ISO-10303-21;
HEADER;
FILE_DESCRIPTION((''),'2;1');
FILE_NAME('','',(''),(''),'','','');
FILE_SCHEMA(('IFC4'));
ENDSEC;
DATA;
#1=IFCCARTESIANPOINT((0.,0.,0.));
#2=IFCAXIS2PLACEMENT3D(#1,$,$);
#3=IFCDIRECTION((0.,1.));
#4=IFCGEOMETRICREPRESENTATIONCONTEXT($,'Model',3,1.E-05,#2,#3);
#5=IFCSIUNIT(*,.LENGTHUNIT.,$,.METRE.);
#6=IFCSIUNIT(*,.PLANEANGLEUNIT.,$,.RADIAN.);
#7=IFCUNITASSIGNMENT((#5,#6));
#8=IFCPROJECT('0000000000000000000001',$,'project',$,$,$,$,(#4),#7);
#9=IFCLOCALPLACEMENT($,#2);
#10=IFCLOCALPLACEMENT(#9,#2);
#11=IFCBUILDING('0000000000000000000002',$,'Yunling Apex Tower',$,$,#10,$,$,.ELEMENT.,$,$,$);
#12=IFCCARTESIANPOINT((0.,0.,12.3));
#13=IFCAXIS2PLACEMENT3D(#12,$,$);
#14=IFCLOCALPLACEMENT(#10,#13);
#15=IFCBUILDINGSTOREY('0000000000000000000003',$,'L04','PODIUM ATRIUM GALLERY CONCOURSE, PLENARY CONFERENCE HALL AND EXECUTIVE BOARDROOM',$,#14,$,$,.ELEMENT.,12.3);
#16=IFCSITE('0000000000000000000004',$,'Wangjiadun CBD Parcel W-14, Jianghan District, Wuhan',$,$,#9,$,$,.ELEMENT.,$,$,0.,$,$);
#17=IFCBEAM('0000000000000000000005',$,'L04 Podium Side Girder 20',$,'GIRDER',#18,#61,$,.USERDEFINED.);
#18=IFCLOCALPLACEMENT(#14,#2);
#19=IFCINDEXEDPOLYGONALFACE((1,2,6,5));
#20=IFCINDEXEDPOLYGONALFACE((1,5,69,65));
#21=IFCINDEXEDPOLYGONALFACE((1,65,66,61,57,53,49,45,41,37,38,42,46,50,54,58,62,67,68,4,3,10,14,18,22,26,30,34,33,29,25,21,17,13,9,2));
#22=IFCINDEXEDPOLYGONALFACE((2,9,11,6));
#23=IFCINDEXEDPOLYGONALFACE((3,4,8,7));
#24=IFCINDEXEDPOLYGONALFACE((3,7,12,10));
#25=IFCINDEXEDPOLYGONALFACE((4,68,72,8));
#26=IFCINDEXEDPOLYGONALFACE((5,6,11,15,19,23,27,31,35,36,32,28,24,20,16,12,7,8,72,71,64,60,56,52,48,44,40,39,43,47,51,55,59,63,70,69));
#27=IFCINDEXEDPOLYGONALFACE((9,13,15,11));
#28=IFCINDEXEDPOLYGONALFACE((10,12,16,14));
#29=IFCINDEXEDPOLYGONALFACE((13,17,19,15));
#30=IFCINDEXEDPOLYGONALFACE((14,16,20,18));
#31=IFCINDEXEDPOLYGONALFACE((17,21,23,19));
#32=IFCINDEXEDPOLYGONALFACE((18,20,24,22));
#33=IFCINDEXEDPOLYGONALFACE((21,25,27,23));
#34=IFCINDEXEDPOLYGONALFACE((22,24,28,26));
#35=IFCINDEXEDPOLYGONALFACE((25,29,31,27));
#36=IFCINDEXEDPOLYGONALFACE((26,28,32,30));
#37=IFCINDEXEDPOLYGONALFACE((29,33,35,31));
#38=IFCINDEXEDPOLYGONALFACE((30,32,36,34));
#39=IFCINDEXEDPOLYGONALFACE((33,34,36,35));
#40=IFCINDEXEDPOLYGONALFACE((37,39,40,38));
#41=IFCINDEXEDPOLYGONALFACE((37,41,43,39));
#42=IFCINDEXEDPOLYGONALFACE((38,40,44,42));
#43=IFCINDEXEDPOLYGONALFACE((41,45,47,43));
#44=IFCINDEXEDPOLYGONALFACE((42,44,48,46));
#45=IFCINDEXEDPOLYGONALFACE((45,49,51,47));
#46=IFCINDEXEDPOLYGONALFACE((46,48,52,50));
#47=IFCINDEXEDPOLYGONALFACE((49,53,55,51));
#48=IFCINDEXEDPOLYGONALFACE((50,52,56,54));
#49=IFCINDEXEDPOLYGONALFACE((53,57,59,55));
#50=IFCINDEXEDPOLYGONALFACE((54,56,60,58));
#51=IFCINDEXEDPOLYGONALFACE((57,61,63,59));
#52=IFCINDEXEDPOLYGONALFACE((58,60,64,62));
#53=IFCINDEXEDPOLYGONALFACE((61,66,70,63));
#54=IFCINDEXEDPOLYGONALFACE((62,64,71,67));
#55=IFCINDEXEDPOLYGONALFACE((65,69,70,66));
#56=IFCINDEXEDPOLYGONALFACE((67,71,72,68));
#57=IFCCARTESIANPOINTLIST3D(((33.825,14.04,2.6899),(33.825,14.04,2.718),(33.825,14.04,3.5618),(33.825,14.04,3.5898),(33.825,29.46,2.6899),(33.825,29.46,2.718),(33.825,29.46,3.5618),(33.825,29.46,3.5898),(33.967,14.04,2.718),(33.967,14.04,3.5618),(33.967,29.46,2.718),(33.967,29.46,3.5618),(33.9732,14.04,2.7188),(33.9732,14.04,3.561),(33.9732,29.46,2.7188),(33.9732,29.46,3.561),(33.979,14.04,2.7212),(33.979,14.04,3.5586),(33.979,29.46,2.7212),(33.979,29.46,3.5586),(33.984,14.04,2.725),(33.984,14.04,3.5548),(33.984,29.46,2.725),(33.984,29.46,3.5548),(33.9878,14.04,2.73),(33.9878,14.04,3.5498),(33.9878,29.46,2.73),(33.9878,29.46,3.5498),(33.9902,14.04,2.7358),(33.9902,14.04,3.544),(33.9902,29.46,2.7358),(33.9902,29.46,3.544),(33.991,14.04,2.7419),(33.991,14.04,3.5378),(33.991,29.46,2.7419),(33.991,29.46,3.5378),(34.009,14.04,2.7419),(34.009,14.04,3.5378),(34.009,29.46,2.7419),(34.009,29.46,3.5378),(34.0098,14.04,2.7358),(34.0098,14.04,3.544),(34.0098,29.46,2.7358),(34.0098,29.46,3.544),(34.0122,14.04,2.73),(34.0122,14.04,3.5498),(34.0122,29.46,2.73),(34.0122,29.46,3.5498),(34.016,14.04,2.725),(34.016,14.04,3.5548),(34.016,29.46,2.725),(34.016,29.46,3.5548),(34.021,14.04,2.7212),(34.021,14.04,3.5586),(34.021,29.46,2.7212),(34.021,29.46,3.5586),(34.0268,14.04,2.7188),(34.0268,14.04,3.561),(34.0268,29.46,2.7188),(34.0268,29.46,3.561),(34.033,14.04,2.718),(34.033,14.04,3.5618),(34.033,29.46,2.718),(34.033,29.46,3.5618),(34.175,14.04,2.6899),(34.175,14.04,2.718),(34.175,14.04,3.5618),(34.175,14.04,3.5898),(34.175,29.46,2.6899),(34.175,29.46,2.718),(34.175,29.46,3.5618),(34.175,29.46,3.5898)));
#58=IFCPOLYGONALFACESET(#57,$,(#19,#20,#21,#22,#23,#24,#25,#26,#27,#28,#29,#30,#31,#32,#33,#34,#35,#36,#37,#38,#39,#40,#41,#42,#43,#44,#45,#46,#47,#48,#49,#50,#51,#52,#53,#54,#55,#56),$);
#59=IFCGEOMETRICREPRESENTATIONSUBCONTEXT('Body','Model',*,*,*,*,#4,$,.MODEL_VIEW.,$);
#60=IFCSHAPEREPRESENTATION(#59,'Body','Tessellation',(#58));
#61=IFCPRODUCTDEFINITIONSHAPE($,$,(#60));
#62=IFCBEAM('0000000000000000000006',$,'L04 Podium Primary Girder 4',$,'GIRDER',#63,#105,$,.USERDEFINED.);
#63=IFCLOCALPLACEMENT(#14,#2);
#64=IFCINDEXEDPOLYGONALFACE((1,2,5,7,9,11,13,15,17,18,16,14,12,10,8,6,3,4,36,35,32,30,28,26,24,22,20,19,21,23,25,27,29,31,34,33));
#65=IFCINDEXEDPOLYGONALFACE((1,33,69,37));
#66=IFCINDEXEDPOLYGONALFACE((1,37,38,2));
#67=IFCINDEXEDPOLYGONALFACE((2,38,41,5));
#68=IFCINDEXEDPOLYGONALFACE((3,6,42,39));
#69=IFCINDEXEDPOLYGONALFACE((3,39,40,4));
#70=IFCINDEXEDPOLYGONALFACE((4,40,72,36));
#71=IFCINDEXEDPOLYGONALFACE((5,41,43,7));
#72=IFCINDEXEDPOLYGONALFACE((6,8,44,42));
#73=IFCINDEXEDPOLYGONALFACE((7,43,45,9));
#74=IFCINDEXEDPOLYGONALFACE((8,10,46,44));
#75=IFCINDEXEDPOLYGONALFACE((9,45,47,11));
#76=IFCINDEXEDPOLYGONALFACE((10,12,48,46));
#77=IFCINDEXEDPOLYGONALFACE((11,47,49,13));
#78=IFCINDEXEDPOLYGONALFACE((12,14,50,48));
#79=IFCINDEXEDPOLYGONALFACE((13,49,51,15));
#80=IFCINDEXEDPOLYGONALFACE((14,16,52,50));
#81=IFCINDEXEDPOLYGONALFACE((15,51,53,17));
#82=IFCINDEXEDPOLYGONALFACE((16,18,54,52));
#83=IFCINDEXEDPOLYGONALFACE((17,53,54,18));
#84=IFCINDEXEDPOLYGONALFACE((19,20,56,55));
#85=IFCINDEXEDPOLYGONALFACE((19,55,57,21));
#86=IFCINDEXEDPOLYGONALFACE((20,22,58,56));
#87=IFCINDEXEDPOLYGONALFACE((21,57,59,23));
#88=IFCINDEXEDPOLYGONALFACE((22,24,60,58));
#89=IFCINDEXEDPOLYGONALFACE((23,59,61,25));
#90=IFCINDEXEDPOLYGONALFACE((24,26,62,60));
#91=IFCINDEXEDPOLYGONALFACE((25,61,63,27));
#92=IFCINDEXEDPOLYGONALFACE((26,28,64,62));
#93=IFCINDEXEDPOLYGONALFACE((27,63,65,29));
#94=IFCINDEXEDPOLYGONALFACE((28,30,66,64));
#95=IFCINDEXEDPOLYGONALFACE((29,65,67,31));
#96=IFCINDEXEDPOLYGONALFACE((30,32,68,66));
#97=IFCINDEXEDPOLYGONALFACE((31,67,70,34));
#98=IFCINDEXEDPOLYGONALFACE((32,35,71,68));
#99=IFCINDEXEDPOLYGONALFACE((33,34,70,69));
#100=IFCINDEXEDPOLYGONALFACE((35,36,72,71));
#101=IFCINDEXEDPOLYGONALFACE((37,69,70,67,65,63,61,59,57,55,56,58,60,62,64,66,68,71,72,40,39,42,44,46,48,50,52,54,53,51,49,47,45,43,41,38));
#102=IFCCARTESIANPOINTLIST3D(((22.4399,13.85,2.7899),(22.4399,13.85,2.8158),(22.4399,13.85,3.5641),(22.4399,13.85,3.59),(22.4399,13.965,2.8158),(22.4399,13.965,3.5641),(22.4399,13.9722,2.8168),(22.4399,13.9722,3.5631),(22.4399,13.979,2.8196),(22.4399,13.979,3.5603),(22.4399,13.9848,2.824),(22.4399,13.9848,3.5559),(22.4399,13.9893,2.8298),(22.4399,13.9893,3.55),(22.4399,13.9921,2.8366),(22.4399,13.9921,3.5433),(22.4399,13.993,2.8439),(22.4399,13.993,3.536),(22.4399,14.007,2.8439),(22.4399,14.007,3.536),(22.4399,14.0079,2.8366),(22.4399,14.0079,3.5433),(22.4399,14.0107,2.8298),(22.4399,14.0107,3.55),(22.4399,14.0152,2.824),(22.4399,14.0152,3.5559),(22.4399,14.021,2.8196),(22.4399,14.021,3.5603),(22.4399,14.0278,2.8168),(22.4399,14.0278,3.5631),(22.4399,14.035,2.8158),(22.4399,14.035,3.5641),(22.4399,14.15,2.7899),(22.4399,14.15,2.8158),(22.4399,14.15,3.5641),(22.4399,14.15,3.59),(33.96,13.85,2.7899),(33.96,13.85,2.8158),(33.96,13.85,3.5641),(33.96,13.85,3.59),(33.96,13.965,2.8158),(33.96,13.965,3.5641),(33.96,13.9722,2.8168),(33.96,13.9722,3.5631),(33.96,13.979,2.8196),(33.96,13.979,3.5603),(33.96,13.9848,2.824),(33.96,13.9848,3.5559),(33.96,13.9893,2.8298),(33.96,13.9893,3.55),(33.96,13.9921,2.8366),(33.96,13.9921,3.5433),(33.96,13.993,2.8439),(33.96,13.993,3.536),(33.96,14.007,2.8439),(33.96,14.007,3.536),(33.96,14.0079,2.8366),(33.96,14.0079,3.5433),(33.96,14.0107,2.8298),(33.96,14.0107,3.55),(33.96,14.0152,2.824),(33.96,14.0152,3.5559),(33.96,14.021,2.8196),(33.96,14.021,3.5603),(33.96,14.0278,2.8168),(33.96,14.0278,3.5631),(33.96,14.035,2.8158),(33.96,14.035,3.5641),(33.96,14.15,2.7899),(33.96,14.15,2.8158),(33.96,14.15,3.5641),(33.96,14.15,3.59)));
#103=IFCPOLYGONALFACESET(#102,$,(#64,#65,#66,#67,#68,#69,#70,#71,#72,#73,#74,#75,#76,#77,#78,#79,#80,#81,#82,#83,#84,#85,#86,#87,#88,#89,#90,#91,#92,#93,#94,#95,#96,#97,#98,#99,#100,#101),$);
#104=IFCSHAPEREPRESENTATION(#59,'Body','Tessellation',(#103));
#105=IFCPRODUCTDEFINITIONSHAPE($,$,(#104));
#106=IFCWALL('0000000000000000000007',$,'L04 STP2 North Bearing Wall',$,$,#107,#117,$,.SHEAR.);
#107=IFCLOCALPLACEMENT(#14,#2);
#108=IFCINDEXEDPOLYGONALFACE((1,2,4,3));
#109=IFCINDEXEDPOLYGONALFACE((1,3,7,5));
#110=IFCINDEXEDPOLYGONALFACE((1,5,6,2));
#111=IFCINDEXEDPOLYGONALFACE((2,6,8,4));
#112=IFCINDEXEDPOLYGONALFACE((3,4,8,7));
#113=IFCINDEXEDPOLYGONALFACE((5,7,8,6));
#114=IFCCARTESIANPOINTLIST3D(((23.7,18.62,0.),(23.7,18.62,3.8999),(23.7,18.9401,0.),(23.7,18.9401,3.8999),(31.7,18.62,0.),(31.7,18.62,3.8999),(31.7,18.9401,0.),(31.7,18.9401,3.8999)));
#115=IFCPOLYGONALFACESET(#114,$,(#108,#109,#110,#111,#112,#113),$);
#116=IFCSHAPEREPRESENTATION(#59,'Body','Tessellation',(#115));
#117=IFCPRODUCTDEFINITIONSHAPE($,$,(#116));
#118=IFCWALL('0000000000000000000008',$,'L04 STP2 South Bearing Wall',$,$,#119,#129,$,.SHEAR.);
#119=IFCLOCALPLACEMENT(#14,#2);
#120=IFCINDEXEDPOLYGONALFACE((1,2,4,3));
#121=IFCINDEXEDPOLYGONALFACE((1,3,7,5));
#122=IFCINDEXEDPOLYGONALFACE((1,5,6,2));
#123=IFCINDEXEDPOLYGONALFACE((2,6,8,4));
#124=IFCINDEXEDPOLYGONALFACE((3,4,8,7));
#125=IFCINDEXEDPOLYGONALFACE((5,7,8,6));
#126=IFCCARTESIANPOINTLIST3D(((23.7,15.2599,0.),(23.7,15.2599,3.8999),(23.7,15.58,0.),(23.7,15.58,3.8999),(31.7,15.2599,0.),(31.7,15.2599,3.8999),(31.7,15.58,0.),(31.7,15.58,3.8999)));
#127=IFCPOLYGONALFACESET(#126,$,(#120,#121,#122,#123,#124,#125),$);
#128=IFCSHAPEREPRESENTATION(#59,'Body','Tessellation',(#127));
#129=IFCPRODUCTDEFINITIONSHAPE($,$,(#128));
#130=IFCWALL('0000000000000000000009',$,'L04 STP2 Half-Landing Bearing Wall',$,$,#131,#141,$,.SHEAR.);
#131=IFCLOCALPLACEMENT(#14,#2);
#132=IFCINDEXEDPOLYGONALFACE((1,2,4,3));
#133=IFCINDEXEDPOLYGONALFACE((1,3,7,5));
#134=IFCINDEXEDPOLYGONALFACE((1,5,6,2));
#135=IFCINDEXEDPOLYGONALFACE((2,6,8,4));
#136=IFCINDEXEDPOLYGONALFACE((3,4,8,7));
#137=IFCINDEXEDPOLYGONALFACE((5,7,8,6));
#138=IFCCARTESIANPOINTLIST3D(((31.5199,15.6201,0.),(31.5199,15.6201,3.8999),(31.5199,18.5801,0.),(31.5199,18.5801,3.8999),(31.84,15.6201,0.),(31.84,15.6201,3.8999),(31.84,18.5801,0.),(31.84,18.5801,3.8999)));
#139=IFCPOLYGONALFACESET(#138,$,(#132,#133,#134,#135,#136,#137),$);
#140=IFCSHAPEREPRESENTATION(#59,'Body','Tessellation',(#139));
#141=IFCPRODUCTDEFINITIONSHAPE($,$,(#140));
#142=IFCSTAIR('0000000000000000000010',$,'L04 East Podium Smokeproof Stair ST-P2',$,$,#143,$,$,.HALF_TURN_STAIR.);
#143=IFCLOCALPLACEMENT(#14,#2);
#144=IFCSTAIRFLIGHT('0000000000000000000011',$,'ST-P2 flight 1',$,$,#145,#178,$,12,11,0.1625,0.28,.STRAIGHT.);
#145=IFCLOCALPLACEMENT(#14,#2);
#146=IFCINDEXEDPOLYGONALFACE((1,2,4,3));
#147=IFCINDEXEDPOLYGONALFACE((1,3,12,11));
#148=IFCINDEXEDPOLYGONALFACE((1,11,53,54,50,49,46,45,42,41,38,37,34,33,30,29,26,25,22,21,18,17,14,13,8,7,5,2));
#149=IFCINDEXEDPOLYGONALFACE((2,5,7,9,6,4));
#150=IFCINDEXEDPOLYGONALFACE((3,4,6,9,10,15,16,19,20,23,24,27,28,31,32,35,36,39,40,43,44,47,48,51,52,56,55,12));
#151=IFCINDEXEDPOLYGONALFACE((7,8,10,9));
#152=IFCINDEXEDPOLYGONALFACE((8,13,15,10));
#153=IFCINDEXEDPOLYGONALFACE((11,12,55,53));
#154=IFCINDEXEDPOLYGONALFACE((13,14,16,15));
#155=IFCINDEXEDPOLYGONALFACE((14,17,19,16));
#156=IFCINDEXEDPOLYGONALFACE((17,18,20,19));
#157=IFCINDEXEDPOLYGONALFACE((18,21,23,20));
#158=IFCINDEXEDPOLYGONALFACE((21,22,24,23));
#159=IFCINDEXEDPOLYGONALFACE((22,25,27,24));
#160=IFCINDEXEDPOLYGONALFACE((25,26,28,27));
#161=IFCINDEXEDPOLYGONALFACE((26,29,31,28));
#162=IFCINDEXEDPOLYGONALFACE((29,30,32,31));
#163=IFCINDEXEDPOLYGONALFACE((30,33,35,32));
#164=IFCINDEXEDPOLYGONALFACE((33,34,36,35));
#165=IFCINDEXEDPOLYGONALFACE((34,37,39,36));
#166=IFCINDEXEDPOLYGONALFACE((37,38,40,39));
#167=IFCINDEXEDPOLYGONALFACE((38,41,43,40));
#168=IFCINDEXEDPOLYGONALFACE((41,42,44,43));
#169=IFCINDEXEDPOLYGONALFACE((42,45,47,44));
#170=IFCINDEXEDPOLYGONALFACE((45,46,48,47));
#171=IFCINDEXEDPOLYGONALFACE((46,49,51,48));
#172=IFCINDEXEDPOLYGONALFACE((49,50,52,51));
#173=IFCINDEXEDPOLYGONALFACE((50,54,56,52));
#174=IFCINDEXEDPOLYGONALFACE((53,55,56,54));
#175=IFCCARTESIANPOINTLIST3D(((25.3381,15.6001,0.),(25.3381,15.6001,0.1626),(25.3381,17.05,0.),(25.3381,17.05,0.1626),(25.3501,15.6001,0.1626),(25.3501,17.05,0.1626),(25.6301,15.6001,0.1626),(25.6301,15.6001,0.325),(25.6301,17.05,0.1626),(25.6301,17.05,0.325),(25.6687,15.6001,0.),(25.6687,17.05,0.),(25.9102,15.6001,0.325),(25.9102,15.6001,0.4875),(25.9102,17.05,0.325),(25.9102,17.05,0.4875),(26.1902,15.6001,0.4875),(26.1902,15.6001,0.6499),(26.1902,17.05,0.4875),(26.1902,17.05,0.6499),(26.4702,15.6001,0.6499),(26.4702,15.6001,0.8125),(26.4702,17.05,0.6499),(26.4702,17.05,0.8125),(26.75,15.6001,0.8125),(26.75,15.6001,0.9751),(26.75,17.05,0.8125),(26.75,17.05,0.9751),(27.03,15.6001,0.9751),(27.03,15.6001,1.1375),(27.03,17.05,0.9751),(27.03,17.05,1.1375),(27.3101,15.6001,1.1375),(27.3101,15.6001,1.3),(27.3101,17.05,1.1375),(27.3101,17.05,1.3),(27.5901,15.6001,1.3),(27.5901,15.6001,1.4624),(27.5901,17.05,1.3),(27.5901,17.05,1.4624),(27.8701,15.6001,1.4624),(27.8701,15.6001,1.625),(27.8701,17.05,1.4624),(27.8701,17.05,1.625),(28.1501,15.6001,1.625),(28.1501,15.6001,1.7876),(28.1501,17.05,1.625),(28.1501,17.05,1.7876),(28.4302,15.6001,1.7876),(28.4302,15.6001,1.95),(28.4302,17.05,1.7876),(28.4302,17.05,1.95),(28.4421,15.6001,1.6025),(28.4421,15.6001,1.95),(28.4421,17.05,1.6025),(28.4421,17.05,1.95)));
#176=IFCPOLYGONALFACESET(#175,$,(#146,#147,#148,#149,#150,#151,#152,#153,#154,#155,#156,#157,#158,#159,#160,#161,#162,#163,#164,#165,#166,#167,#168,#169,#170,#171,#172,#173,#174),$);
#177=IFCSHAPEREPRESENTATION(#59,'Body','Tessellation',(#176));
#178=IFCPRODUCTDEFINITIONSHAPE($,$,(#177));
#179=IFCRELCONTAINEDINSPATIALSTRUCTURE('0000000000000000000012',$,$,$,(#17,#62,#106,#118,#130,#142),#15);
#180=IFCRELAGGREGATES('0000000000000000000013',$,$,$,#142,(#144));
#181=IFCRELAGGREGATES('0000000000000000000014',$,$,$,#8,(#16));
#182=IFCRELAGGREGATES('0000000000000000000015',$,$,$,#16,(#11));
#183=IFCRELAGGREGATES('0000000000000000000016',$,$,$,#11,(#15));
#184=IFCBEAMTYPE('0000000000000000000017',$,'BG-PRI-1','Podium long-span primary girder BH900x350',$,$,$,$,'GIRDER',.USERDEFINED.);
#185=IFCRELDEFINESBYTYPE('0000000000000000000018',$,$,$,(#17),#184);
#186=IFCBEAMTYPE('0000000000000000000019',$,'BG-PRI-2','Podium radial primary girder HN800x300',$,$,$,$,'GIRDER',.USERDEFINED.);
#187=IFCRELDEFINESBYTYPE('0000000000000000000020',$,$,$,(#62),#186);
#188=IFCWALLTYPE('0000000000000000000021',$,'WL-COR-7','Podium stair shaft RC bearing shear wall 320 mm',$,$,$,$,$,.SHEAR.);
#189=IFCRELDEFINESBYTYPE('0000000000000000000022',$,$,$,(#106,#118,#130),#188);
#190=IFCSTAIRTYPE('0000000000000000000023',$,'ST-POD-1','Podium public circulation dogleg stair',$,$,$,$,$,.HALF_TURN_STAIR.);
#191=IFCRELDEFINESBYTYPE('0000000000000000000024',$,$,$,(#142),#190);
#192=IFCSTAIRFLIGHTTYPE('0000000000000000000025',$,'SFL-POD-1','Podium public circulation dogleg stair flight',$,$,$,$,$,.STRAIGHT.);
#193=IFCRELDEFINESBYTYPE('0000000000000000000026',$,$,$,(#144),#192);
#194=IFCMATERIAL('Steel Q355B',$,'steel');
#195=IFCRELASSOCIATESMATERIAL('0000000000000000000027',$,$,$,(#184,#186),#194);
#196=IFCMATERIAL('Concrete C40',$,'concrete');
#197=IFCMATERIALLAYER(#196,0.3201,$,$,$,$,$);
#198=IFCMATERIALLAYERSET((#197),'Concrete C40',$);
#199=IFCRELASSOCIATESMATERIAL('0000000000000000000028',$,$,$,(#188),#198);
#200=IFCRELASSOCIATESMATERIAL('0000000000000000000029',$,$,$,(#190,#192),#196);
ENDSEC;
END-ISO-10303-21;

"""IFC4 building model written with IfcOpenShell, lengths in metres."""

from ifc_helpers import new_model, si_unit, direction, frame, frame_2d, origin, origin_2d, place, context, subcontext, project, spatial, polyline, rectangle, i_section, outline, extrude, source, transform, mapped, material, layer, layer_set, material_profile, profile_set, type_object, element, aggregate, save


model = new_model("IFC4")

# Units and contexts
model_context = context("Model", 3, precision=1e-05, world=origin(), true_north=direction((0.0, 1.0)))
body_context = subcontext(model_context, "Body", "Model", "MODEL_VIEW")
ifc_project = project(units=[si_unit("LENGTHUNIT", "METRE"), si_unit("PLANEANGLEUNIT", "RADIAN")], contexts=[model_context])

# Site, building, storey
site_placement = place(None, origin())
site = spatial("IfcSite", under=ifc_project, at=site_placement, Name="Wangjiadun CBD Parcel W-14, Jianghan District, Wuhan", CompositionType="ELEMENT", RefElevation=0.0)
building_placement = place(site_placement, origin())
building = spatial("IfcBuilding", under=site, at=building_placement, Name="Yunling Apex Tower", CompositionType="ELEMENT")
storey_placement = place(building_placement, frame((0.0, 0.0, 12.3)))
storey = spatial("IfcBuildingStorey", under=building, at=storey_placement, Name="L04", Description="PODIUM ATRIUM GALLERY CONCOURSE, PLENARY CONFERENCE HALL AND EXECUTIVE BOARDROOM", CompositionType="ELEMENT", Elevation=12.3)

# Beams
ifc_material_1 = material(Name="Steel Q355B", Category="steel")
ifc_material_profile_1 = material_profile(ifc_material_1, i_section(OverallWidth=0.3501, OverallDepth=0.8999, WebThickness=0.0181, FlangeThickness=0.0281, FilletRadius=0.0239, at=origin_2d()))
ifc_profile_set_1 = profile_set([ifc_material_profile_1], Name="Steel Q355B")
beam_type_1 = type_object("IfcBeamType", Name="BG-PRI-1", Description="Podium long-span primary girder BH900x350", ElementType="GIRDER", PredefinedType="USERDEFINED", material=ifc_profile_set_1)
shared_shape_1 = source(origin(), body_context, "Body", "SweptSolid", [
    extrude(i_section(OverallWidth=0.3501, OverallDepth=0.8999, WebThickness=0.0181, FlangeThickness=0.0281, FilletRadius=0.0239, at=origin_2d()), origin(), (0.0, 0.0, 1.0), 15.4199),
])
beam_1_placement = place(storey_placement, frame((34.0, 14.04, 3.1399), z_axis=(0.0, 1.0, 0.0), x_axis=(-1.0, 0.0, 0.0)))
element("IfcBeam", 1, at=beam_1_placement, inside=storey, type_object=beam_type_1, Name="L04 Podium Side Girder 20", ObjectType="GIRDER", PredefinedType="USERDEFINED", context=body_context, shape_type="MappedRepresentation", body=[
    mapped(shared_shape_1, transform((0.0, 0.0, 0.0), scale=1.0)),
])
ifc_material_profile_2 = material_profile(ifc_material_1, i_section(OverallWidth=0.3, OverallDepth=0.8, WebThickness=0.0139, FlangeThickness=0.0259, FilletRadius=0.0281, at=origin_2d()))
ifc_profile_set_2 = profile_set([ifc_material_profile_2], Name="Steel Q355B")
beam_type_2 = type_object("IfcBeamType", Name="BG-PRI-2", Description="Podium radial primary girder HN800x300", ElementType="GIRDER", PredefinedType="USERDEFINED", material=ifc_profile_set_2)
shared_shape_2 = source(origin(), body_context, "Body", "SweptSolid", [
    extrude(i_section(OverallWidth=0.3, OverallDepth=0.8, WebThickness=0.0139, FlangeThickness=0.0259, FilletRadius=0.0281, at=origin_2d()), origin(), (0.0, 0.0, 1.0), 11.52),
])
beam_2_placement = place(storey_placement, frame((22.4399, 14.0, 3.1899), z_axis=(1.0, 0.0, 0.0), x_axis=(0.0, 1.0, 0.0)))
element("IfcBeam", 2, at=beam_2_placement, inside=storey, type_object=beam_type_2, Name="L04 Podium Primary Girder 4", ObjectType="GIRDER", PredefinedType="USERDEFINED", context=body_context, shape_type="MappedRepresentation", body=[
    mapped(shared_shape_2, transform((0.0, 0.0, 0.0), scale=1.0)),
])

# Walls
ifc_material_2 = material(Name="Concrete C40", Category="concrete")
ifc_layer_1 = layer(ifc_material_2, 0.3201)
ifc_layer_set_1 = layer_set([ifc_layer_1], Name="Concrete C40")
wall_type_1 = type_object("IfcWallType", Name="WL-COR-7", Description="Podium stair shaft RC bearing shear wall 320 mm", PredefinedType="SHEAR", material=ifc_layer_set_1)
for number, where, z_axis, x_axis, name in (
    (3, (23.7, 18.78, 0.0), (0.0, 0.0, 1.0), (1.0, 0.0, 0.0), "L04 STP2 North Bearing Wall"),
    (4, (23.7, 15.4199, 0.0), (0.0, 0.0, 1.0), (1.0, 0.0, 0.0), "L04 STP2 South Bearing Wall"),
):
    element("IfcWall", number, at=place(storey_placement, frame(where, z_axis=z_axis, x_axis=x_axis)), inside=storey, type_object=wall_type_1, Name=name, PredefinedType="SHEAR", context=body_context, shape_type="SweptSolid", body=[
        extrude(rectangle(XDim=8.0, YDim=0.3201, at=frame_2d((4.0, 0.0))), origin(), (0.0, 0.0, 1.0), 3.8999),
    ])
wall_1_placement = place(storey_placement, frame((31.6799, 15.6201, 0.0), z_axis=(0.0, 0.0, 1.0), x_axis=(0.0, 1.0, 0.0)))
element("IfcWall", 5, at=wall_1_placement, inside=storey, type_object=wall_type_1, Name="L04 STP2 Half-Landing Bearing Wall", PredefinedType="SHEAR", context=body_context, shape_type="SweptSolid", body=[
    extrude(rectangle(XDim=2.96, YDim=0.3201, at=frame_2d((1.48, 0.0))), origin(), (0.0, 0.0, 1.0), 3.8999),
])

# Stair, stair flight
stair_type = type_object("IfcStairType", Name="ST-POD-1", Description="Podium public circulation dogleg stair", PredefinedType="HALF_TURN_STAIR", material=ifc_material_2)
stair_placement = place(storey_placement, origin())
stair = element("IfcStair", 6, at=stair_placement, inside=storey, type_object=stair_type, Name="L04 East Podium Smokeproof Stair ST-P2", PredefinedType="HALF_TURN_STAIR")
stair_flight_type = type_object("IfcStairFlightType", Name="SFL-POD-1", Description="Podium public circulation dogleg stair flight", PredefinedType="STRAIGHT", material=ifc_material_2)
stair_flight_1_placement = place(storey_placement, frame((25.3501, 16.325, 0.0), z_axis=(0.0, 0.0, 1.0), x_axis=(1.0, 0.0, 0.0)))
stair_flight_1 = element("IfcStairFlight", 7, at=stair_flight_1_placement, type_object=stair_flight_type, Name="ST-P2 flight 1", NumberOfRisers=12, NumberOfTreads=11, PredefinedType="STRAIGHT", RiserHeight=0.1625, TreadLength=0.28, context=body_context, shape_type="SweptSolid", body=[
    extrude(outline(polyline([(-0.012, 0.0), (-0.012, 0.1626), (0.0, 0.1626), (0.28, 0.1626), (0.28, 0.325), (0.5601, 0.325), (0.5601, 0.4875), (0.8401, 0.4875), (0.8401, 0.6499), (1.1201, 0.6499), (1.1201, 0.8125), (1.3999, 0.8125), (1.3999, 0.9751), (1.6799, 0.9751), (1.6799, 1.1375), (1.96, 1.1375), (1.96, 1.3), (2.24, 1.3), (2.24, 1.4624), (2.52, 1.4624), (2.52, 1.625), (2.8, 1.625), (2.8, 1.7876), (3.0801, 1.7876), (3.0801, 1.95), (3.092, 1.95), (3.092, 1.6025), (0.3186, 0.0), (-0.012, 0.0)])), frame((0.0, 0.7251, 0.0), z_axis=(0.0, -1.0, 0.0), x_axis=(1.0, 0.0, 0.0)), (0.0, 0.0, 1.0), 1.45),
])
aggregate(stair, [stair_flight_1])

save(model, "model.ifc")
